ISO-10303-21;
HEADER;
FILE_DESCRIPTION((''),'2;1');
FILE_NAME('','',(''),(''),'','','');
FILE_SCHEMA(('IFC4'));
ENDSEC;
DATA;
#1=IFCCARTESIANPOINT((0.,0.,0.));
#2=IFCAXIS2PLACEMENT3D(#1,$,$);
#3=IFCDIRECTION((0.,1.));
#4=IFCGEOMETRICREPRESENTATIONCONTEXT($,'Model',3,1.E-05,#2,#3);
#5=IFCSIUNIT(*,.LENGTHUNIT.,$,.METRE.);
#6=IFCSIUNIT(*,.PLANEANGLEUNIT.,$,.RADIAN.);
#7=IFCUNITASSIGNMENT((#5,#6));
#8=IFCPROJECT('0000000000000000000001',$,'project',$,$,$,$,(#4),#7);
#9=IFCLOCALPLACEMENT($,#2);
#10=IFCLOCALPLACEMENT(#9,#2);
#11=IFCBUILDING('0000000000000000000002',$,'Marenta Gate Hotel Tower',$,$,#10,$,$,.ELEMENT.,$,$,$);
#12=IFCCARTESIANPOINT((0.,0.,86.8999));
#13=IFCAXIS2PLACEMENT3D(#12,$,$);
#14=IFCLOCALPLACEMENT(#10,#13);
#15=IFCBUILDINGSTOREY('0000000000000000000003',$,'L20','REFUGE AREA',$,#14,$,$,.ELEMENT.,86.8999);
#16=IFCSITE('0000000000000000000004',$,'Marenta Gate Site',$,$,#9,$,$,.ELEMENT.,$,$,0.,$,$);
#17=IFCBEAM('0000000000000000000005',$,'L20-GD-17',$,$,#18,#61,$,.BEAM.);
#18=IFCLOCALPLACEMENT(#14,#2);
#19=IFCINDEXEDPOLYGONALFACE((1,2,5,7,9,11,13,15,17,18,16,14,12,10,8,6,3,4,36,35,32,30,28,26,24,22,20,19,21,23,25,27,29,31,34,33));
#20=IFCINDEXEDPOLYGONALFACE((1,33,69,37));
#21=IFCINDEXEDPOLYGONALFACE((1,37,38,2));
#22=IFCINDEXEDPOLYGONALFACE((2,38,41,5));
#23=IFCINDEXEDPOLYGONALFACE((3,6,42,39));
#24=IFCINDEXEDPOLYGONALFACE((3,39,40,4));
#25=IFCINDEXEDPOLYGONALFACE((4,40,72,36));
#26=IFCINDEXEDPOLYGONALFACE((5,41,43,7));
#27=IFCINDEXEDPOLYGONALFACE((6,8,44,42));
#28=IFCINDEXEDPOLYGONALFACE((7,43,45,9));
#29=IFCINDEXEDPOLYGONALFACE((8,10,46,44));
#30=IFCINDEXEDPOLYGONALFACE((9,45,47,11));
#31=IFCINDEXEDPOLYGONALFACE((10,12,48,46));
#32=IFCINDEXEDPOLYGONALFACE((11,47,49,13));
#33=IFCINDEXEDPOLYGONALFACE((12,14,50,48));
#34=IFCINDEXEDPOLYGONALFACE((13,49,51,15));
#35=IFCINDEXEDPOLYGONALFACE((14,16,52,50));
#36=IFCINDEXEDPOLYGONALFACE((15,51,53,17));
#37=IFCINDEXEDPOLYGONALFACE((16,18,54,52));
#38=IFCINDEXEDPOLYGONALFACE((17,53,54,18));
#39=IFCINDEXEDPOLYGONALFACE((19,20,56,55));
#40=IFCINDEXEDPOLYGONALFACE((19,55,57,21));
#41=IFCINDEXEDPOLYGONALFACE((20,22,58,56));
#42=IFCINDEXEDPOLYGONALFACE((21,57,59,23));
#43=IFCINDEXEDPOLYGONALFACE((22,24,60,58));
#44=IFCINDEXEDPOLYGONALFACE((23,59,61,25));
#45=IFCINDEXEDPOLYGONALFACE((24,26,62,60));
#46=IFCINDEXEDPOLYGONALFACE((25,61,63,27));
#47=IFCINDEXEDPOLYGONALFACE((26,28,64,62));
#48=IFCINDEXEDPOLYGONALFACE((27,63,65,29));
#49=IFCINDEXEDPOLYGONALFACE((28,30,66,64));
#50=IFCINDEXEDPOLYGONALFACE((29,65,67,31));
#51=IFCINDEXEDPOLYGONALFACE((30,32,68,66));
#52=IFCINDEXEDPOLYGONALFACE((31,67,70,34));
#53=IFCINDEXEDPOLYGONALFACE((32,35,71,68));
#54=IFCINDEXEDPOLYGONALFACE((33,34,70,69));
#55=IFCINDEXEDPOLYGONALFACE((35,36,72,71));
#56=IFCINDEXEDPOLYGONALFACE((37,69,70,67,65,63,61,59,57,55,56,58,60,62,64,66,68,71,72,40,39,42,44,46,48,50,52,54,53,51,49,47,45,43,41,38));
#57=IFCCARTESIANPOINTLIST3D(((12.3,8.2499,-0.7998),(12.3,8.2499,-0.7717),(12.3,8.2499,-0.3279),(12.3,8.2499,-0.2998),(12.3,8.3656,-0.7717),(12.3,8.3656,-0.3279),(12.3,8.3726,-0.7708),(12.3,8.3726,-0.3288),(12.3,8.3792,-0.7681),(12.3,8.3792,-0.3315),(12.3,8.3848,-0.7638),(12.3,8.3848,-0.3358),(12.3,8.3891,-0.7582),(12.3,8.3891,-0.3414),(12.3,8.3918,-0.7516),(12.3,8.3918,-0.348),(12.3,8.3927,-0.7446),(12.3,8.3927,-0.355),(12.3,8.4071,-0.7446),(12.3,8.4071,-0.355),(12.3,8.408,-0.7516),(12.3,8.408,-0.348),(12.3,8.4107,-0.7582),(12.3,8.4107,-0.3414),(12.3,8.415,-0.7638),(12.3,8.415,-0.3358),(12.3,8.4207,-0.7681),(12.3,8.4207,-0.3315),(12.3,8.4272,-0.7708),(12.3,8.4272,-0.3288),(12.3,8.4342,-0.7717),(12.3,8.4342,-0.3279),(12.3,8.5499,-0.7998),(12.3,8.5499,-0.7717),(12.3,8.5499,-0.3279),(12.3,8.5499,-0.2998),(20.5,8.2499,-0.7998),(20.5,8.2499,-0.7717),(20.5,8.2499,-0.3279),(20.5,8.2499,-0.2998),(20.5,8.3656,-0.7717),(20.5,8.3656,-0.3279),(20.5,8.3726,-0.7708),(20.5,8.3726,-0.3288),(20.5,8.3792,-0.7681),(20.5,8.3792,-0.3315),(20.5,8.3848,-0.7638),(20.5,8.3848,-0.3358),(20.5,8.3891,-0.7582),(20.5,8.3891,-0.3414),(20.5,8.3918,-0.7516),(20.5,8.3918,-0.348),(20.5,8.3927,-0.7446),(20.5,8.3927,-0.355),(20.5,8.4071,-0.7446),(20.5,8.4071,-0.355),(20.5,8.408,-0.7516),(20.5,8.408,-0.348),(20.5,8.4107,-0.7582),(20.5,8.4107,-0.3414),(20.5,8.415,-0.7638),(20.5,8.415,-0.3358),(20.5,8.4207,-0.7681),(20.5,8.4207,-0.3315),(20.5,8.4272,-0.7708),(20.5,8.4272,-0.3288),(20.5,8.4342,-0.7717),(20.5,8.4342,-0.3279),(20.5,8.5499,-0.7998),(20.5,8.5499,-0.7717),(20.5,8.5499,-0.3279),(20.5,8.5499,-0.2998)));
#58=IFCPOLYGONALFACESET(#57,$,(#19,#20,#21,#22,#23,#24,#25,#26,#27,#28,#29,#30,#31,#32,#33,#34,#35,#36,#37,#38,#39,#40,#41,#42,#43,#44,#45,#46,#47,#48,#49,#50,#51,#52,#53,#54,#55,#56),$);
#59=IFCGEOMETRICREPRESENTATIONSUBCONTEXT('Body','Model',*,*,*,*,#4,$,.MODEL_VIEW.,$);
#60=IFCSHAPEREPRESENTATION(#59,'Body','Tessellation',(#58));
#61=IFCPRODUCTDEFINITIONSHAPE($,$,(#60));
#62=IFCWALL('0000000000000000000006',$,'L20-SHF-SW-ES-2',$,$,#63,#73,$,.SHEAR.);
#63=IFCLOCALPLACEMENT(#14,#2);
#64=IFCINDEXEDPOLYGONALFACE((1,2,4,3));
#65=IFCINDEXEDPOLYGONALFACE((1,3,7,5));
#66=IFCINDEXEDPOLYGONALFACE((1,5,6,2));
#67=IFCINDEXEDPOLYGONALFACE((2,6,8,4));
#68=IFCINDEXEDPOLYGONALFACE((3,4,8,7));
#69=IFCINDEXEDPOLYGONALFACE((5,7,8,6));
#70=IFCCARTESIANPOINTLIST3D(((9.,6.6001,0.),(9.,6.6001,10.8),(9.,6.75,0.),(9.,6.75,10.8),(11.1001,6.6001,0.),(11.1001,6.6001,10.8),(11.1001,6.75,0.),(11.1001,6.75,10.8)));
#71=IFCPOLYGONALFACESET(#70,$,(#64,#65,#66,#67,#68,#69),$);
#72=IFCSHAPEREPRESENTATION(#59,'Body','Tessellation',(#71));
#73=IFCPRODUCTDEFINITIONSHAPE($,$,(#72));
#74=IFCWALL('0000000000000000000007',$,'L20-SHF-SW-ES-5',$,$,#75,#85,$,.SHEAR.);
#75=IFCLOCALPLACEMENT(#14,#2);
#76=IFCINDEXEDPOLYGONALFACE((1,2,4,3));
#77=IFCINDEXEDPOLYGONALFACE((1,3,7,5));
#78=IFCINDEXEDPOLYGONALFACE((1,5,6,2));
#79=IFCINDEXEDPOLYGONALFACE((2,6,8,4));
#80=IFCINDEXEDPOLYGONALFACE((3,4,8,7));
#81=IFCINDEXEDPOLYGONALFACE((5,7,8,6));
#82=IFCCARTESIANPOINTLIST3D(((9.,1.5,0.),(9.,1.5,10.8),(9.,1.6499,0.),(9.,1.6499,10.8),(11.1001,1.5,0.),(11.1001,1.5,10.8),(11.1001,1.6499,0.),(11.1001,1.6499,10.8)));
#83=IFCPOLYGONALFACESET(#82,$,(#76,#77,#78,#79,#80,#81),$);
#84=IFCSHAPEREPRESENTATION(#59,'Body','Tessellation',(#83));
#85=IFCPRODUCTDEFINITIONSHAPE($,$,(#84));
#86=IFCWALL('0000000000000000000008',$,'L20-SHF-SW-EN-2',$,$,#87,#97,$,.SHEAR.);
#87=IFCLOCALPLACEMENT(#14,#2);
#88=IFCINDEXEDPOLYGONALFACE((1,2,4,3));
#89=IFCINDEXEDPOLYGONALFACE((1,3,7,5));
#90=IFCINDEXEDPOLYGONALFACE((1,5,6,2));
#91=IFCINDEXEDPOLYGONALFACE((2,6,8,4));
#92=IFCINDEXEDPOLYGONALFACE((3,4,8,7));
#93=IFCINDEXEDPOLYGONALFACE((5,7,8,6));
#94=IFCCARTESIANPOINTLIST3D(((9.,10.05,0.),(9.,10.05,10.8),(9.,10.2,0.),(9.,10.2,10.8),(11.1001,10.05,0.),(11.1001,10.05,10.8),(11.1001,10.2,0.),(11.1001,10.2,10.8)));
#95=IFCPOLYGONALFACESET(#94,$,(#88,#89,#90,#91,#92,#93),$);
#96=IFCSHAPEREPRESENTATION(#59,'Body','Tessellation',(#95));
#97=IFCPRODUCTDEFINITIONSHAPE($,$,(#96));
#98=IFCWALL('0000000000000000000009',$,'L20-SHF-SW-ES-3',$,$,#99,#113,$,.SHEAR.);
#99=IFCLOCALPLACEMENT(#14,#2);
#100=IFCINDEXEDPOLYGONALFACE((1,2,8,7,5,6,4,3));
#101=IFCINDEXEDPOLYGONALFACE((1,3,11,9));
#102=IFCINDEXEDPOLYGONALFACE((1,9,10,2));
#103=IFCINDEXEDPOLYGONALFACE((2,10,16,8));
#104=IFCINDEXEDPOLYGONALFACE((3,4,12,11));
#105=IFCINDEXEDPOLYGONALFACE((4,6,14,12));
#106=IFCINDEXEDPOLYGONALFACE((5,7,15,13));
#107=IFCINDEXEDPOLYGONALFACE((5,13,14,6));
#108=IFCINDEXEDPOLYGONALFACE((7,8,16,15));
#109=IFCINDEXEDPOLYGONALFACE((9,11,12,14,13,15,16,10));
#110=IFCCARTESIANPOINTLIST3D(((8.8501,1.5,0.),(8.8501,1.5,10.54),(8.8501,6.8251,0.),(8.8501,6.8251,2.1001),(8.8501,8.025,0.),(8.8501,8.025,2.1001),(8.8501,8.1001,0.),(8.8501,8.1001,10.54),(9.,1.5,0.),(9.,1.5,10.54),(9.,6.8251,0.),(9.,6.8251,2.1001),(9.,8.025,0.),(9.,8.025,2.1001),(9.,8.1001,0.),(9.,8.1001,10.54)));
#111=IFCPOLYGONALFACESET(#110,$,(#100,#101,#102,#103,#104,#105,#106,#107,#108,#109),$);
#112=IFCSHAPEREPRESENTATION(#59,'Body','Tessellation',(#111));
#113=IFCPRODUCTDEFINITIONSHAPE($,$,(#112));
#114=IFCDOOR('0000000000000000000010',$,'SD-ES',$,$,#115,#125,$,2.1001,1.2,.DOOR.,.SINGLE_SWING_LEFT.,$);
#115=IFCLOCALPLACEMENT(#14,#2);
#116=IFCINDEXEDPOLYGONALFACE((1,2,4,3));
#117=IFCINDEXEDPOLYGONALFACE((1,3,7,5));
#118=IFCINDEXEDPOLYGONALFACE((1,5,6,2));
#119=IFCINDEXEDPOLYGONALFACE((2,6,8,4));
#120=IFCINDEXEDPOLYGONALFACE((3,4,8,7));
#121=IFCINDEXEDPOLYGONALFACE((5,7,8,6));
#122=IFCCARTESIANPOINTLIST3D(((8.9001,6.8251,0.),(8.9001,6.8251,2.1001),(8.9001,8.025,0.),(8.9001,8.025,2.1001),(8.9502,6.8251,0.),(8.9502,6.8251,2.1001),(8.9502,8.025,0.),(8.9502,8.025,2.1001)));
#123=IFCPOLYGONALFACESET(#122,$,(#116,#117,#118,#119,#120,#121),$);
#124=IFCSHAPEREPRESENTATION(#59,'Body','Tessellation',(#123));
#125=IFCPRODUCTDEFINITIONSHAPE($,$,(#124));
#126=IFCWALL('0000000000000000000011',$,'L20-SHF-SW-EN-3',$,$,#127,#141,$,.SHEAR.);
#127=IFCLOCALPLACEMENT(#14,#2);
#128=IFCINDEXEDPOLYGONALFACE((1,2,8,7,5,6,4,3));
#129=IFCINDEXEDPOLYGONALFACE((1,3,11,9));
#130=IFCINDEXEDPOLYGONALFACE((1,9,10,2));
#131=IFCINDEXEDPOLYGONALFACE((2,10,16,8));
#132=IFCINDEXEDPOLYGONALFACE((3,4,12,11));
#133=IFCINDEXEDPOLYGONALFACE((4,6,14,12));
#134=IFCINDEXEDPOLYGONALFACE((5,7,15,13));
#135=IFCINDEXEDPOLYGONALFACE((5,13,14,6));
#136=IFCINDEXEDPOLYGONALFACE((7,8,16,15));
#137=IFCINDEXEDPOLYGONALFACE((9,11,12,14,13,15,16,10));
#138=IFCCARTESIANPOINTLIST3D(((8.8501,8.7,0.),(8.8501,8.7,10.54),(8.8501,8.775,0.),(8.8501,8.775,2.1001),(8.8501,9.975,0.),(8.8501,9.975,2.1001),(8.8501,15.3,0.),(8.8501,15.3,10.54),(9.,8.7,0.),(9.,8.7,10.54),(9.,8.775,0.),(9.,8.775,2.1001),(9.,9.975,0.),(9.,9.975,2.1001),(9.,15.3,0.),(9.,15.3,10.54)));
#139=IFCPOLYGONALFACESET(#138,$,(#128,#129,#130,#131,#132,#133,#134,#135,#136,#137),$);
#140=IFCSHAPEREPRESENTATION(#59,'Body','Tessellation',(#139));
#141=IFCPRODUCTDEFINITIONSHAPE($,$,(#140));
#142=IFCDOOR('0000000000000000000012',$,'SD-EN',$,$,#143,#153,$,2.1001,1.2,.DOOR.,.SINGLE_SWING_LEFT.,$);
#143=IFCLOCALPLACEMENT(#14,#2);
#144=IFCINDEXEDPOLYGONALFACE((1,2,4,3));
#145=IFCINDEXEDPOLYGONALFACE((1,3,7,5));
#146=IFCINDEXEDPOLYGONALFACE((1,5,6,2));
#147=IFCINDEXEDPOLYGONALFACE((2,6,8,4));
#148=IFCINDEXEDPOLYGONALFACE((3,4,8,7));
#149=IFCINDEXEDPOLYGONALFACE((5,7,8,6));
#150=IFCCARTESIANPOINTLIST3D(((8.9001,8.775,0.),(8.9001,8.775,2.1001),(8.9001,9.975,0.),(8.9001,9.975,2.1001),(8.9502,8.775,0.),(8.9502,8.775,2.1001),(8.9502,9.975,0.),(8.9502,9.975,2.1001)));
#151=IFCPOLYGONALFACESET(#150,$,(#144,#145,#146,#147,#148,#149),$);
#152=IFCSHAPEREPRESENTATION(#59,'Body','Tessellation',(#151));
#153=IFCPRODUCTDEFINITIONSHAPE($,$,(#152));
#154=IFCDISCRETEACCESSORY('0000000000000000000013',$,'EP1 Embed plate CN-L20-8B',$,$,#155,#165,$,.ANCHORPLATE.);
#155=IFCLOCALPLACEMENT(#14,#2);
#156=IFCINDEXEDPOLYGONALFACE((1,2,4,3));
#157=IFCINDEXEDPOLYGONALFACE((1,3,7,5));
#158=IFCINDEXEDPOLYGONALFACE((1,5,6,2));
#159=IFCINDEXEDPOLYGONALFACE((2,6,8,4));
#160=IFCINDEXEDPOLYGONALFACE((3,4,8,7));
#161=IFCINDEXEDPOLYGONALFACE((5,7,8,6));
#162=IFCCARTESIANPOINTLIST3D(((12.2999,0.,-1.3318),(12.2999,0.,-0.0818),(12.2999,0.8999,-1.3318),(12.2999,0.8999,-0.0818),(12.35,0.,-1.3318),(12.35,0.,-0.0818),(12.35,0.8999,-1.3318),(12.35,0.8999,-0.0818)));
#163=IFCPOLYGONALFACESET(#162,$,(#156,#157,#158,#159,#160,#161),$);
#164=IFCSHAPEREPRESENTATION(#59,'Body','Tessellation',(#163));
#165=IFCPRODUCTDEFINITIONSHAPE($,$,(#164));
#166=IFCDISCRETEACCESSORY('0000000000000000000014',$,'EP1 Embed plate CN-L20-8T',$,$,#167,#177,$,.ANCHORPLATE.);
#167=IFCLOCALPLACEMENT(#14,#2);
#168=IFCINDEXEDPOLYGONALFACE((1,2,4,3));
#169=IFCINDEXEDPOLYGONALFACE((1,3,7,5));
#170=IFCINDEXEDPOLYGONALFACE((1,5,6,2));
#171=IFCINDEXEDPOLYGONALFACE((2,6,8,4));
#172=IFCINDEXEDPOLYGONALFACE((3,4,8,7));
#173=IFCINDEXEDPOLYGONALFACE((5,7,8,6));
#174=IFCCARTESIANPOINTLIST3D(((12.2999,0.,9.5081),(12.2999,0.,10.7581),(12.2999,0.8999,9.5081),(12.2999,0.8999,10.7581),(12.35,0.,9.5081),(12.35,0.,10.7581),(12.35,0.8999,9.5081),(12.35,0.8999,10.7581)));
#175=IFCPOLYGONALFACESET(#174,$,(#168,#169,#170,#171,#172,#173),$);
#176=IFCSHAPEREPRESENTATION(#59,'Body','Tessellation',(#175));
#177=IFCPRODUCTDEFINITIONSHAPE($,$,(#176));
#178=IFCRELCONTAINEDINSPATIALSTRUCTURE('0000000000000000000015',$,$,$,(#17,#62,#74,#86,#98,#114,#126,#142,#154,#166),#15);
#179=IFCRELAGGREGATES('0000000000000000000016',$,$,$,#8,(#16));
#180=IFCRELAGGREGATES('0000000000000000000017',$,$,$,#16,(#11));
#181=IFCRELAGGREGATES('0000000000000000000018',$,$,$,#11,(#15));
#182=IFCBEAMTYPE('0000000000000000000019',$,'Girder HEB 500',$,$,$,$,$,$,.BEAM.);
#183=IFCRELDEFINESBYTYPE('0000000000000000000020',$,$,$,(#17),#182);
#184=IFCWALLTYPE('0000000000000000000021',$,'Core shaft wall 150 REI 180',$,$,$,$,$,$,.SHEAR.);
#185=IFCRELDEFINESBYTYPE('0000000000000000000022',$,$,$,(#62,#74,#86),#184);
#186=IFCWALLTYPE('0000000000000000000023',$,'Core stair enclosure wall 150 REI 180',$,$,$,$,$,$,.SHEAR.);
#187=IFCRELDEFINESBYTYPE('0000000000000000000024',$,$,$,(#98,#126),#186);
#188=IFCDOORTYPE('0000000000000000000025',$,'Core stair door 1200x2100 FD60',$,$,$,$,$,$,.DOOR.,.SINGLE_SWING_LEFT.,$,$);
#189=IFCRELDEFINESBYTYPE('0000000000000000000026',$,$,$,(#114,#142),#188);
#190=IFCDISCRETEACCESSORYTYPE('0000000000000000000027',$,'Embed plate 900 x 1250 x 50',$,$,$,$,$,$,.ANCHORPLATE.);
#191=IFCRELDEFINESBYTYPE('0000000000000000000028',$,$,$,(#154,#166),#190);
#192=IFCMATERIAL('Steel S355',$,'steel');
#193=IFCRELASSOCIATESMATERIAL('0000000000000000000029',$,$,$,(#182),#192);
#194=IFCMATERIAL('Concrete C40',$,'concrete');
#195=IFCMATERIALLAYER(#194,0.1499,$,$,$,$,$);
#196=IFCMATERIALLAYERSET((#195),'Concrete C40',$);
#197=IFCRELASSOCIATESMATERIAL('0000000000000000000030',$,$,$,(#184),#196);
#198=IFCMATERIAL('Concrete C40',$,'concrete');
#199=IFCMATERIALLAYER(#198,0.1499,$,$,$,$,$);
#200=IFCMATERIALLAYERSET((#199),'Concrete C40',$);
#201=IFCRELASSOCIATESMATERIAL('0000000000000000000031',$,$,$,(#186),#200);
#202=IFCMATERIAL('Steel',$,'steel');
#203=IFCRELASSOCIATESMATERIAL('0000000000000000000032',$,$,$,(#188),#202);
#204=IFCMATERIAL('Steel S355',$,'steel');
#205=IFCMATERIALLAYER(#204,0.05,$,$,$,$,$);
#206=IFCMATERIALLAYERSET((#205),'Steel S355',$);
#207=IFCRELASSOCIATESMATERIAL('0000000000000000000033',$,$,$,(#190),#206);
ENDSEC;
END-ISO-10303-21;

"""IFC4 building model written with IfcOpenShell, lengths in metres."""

from ifc_helpers import new_model, si_unit, direction, frame, frame_2d, origin, origin_2d, place, context, subcontext, project, spatial, rectangle, i_section, extrude, material, layer, layer_set, material_profile, profile_set, type_object, element, fill, save


model = new_model("IFC4")

# Units and contexts
model_context = context("Model", 3, precision=1e-05, world=origin(), true_north=direction((0.0, 1.0)))
body_context = subcontext(model_context, "Body", "Model", "MODEL_VIEW")
ifc_project = project(units=[si_unit("LENGTHUNIT", "METRE"), si_unit("PLANEANGLEUNIT", "RADIAN")], contexts=[model_context])

# Site, building, storey
site_placement = place(None, origin())
site = spatial("IfcSite", under=ifc_project, at=site_placement, Name="Marenta Gate Site", CompositionType="ELEMENT", RefElevation=0.0)
building_placement = place(site_placement, origin())
building = spatial("IfcBuilding", under=site, at=building_placement, Name="Marenta Gate Hotel Tower", CompositionType="ELEMENT")
storey_placement = place(building_placement, frame((0.0, 0.0, 86.8999)))
storey = spatial("IfcBuildingStorey", under=building, at=storey_placement, Name="L20", Description="REFUGE AREA", CompositionType="ELEMENT", Elevation=86.8999)

# Beam
ifc_material_1 = material(Name="Steel S355", Category="steel")
ifc_material_profile = material_profile(ifc_material_1, i_section(OverallWidth=0.3, OverallDepth=0.5, WebThickness=0.0144, FlangeThickness=0.0281, FilletRadius=0.0271, at=origin_2d()), Name="HEB 500")
ifc_profile_set = profile_set([ifc_material_profile], Name="Steel S355")
beam_type = type_object("IfcBeamType", Name="Girder HEB 500", PredefinedType="BEAM", material=ifc_profile_set)
beam_placement = place(storey_placement, frame((12.3, 8.3999, -0.5498), z_axis=(1.0, 0.0, 0.0), x_axis=(0.0, 1.0, 0.0)))
element("IfcBeam", 1, at=beam_placement, inside=storey, type_object=beam_type, Name="L20-GD-17", PredefinedType="BEAM", context=body_context, shape_type="SweptSolid", body=[
    extrude(i_section(OverallWidth=0.3, OverallDepth=0.5, WebThickness=0.0144, FlangeThickness=0.0281, FilletRadius=0.0271, at=origin_2d()), origin(), (0.0, 0.0, 1.0), 8.2),
])

# Walls
ifc_material_2 = material(Name="Concrete C40", Category="concrete")
ifc_layer_1 = layer(ifc_material_2, 0.1499)
ifc_layer_set_1 = layer_set([ifc_layer_1], Name="Concrete C40")
wall_type_1 = type_object("IfcWallType", Name="Core shaft wall 150 REI 180", PredefinedType="SHEAR", material=ifc_layer_set_1)
for number, where, z_axis, x_axis, name in (
    (2, (9.0, 6.675, 0.0), (0.0, 0.0, 1.0), (1.0, 0.0, 0.0), "L20-SHF-SW-ES-2"),
    (3, (9.0, 1.575, 0.0), (0.0, 0.0, 1.0), (1.0, 0.0, 0.0), "L20-SHF-SW-ES-5"),
    (4, (9.0, 10.125, 0.0), (0.0, 0.0, 1.0), (1.0, 0.0, 0.0), "L20-SHF-SW-EN-2"),
):
    element("IfcWall", number, at=place(storey_placement, frame(where, z_axis=z_axis, x_axis=x_axis)), inside=storey, type_object=wall_type_1, Name=name, PredefinedType="SHEAR", context=body_context, shape_type="SweptSolid", body=[
        extrude(rectangle(XDim=2.1001, YDim=0.1499, at=frame_2d((1.05, 0.0))), origin(), (0.0, 0.0, 1.0), 10.8),
    ])

# Walls, openings, doors
ifc_material_3 = material(Name="Concrete C40", Category="concrete")
ifc_layer_2 = layer(ifc_material_3, 0.1499)
ifc_layer_set_2 = layer_set([ifc_layer_2], Name="Concrete C40")
wall_type_2 = type_object("IfcWallType", Name="Core stair enclosure wall 150 REI 180", PredefinedType="SHEAR", material=ifc_layer_set_2)
wall_1_placement = place(storey_placement, frame((8.925, 1.5, 0.0), z_axis=(0.0, 0.0, 1.0), x_axis=(0.0, 1.0, 0.0)))
wall_1 = element("IfcWall", 5, at=wall_1_placement, inside=storey, type_object=wall_type_2, Name="L20-SHF-SW-ES-3", PredefinedType="SHEAR", context=body_context, shape_type="SweptSolid", body=[
    extrude(rectangle(XDim=6.6001, YDim=0.1499, at=frame_2d((3.3, 0.0))), origin(), (0.0, 0.0, 1.0), 10.54),
])
opening_1_placement = place(wall_1_placement, frame((5.325, 0.0, 0.0)))
opening_1 = element("IfcOpeningElement", 6, at=opening_1_placement, cuts=wall_1, PredefinedType="OPENING", context=body_context, shape_type="SweptSolid", body=[
    extrude(rectangle(XDim=1.2, YDim=2.1001, at=frame_2d((0.6001, 1.05))), frame((0.0, 0.075, 0.0), z_axis=(0.0, -1.0, 0.0), x_axis=(1.0, 0.0, 0.0)), (0.0, 0.0, 1.0), 0.1499),
])
ifc_material_4 = material(Name="Steel", Category="steel")
door_type = type_object("IfcDoorType", Name="Core stair door 1200x2100 FD60", OperationType="SINGLE_SWING_LEFT", PredefinedType="DOOR", material=ifc_material_4)
door_1_placement = place(opening_1_placement, origin())
door_1 = element("IfcDoor", 7, at=door_1_placement, inside=storey, type_object=door_type, Name="SD-ES", OperationType="SINGLE_SWING_LEFT", OverallHeight=2.1001, OverallWidth=1.2, PredefinedType="DOOR", context=body_context, shape_type="SweptSolid", body=[
    extrude(rectangle(XDim=1.2, YDim=2.1001, at=frame_2d((0.6001, 1.05))), frame((0.0, 0.0249, 0.0), z_axis=(0.0, -1.0, 0.0), x_axis=(1.0, 0.0, 0.0)), (0.0, 0.0, 1.0), 0.05),
])
fill(opening_1, door_1)
wall_2_placement = place(storey_placement, frame((8.925, 8.7, 0.0), z_axis=(0.0, 0.0, 1.0), x_axis=(0.0, 1.0, 0.0)))
wall_2 = element("IfcWall", 8, at=wall_2_placement, inside=storey, type_object=wall_type_2, Name="L20-SHF-SW-EN-3", PredefinedType="SHEAR", context=body_context, shape_type="SweptSolid", body=[
    extrude(rectangle(XDim=6.6001, YDim=0.1499, at=frame_2d((3.3, 0.0))), origin(), (0.0, 0.0, 1.0), 10.54),
])
opening_2_placement = place(wall_2_placement, frame((0.075, 0.0, 0.0)))
opening_2 = element("IfcOpeningElement", 9, at=opening_2_placement, cuts=wall_2, PredefinedType="OPENING", context=body_context, shape_type="SweptSolid", body=[
    extrude(rectangle(XDim=1.2, YDim=2.1001, at=frame_2d((0.6001, 1.05))), frame((0.0, 0.075, 0.0), z_axis=(0.0, -1.0, 0.0), x_axis=(1.0, 0.0, 0.0)), (0.0, 0.0, 1.0), 0.1499),
])
door_2_placement = place(opening_2_placement, origin())
door_2 = element("IfcDoor", 10, at=door_2_placement, inside=storey, type_object=door_type, Name="SD-EN", OperationType="SINGLE_SWING_LEFT", OverallHeight=2.1001, OverallWidth=1.2, PredefinedType="DOOR", context=body_context, shape_type="SweptSolid", body=[
    extrude(rectangle(XDim=1.2, YDim=2.1001, at=frame_2d((0.6001, 1.05))), frame((0.0, 0.0249, 0.0), z_axis=(0.0, -1.0, 0.0), x_axis=(1.0, 0.0, 0.0)), (0.0, 0.0, 1.0), 0.05),
])
fill(opening_2, door_2)

# Discrete accessories
ifc_material_5 = material(Name="Steel S355", Category="steel")
ifc_layer_3 = layer(ifc_material_5, 0.05)
ifc_layer_set_3 = layer_set([ifc_layer_3], Name="Steel S355")
discrete_accessory_type = type_object("IfcDiscreteAccessoryType", Name="Embed plate 900 x 1250 x 50", PredefinedType="ANCHORPLATE", material=ifc_layer_set_3)
for number, where, z_axis, x_axis, name in (
    (11, (12.325, 0.45, -1.3318), (0.0, 0.0, 1.0), (1.0, 0.0, 0.0), "EP1 Embed plate CN-L20-8B"),
    (12, (12.325, 0.45, 9.5081), (0.0, 0.0, 1.0), (1.0, 0.0, 0.0), "EP1 Embed plate CN-L20-8T"),
):
    element("IfcDiscreteAccessory", number, at=place(storey_placement, frame(where, z_axis=z_axis, x_axis=x_axis)), inside=storey, type_object=discrete_accessory_type, Name=name, PredefinedType="ANCHORPLATE", context=body_context, shape_type="SweptSolid", body=[
        extrude(rectangle(XDim=0.05, YDim=0.8999, at=origin_2d()), origin(), (0.0, 0.0, 1.0), 1.25),
    ])

save(model, "model.ifc")
